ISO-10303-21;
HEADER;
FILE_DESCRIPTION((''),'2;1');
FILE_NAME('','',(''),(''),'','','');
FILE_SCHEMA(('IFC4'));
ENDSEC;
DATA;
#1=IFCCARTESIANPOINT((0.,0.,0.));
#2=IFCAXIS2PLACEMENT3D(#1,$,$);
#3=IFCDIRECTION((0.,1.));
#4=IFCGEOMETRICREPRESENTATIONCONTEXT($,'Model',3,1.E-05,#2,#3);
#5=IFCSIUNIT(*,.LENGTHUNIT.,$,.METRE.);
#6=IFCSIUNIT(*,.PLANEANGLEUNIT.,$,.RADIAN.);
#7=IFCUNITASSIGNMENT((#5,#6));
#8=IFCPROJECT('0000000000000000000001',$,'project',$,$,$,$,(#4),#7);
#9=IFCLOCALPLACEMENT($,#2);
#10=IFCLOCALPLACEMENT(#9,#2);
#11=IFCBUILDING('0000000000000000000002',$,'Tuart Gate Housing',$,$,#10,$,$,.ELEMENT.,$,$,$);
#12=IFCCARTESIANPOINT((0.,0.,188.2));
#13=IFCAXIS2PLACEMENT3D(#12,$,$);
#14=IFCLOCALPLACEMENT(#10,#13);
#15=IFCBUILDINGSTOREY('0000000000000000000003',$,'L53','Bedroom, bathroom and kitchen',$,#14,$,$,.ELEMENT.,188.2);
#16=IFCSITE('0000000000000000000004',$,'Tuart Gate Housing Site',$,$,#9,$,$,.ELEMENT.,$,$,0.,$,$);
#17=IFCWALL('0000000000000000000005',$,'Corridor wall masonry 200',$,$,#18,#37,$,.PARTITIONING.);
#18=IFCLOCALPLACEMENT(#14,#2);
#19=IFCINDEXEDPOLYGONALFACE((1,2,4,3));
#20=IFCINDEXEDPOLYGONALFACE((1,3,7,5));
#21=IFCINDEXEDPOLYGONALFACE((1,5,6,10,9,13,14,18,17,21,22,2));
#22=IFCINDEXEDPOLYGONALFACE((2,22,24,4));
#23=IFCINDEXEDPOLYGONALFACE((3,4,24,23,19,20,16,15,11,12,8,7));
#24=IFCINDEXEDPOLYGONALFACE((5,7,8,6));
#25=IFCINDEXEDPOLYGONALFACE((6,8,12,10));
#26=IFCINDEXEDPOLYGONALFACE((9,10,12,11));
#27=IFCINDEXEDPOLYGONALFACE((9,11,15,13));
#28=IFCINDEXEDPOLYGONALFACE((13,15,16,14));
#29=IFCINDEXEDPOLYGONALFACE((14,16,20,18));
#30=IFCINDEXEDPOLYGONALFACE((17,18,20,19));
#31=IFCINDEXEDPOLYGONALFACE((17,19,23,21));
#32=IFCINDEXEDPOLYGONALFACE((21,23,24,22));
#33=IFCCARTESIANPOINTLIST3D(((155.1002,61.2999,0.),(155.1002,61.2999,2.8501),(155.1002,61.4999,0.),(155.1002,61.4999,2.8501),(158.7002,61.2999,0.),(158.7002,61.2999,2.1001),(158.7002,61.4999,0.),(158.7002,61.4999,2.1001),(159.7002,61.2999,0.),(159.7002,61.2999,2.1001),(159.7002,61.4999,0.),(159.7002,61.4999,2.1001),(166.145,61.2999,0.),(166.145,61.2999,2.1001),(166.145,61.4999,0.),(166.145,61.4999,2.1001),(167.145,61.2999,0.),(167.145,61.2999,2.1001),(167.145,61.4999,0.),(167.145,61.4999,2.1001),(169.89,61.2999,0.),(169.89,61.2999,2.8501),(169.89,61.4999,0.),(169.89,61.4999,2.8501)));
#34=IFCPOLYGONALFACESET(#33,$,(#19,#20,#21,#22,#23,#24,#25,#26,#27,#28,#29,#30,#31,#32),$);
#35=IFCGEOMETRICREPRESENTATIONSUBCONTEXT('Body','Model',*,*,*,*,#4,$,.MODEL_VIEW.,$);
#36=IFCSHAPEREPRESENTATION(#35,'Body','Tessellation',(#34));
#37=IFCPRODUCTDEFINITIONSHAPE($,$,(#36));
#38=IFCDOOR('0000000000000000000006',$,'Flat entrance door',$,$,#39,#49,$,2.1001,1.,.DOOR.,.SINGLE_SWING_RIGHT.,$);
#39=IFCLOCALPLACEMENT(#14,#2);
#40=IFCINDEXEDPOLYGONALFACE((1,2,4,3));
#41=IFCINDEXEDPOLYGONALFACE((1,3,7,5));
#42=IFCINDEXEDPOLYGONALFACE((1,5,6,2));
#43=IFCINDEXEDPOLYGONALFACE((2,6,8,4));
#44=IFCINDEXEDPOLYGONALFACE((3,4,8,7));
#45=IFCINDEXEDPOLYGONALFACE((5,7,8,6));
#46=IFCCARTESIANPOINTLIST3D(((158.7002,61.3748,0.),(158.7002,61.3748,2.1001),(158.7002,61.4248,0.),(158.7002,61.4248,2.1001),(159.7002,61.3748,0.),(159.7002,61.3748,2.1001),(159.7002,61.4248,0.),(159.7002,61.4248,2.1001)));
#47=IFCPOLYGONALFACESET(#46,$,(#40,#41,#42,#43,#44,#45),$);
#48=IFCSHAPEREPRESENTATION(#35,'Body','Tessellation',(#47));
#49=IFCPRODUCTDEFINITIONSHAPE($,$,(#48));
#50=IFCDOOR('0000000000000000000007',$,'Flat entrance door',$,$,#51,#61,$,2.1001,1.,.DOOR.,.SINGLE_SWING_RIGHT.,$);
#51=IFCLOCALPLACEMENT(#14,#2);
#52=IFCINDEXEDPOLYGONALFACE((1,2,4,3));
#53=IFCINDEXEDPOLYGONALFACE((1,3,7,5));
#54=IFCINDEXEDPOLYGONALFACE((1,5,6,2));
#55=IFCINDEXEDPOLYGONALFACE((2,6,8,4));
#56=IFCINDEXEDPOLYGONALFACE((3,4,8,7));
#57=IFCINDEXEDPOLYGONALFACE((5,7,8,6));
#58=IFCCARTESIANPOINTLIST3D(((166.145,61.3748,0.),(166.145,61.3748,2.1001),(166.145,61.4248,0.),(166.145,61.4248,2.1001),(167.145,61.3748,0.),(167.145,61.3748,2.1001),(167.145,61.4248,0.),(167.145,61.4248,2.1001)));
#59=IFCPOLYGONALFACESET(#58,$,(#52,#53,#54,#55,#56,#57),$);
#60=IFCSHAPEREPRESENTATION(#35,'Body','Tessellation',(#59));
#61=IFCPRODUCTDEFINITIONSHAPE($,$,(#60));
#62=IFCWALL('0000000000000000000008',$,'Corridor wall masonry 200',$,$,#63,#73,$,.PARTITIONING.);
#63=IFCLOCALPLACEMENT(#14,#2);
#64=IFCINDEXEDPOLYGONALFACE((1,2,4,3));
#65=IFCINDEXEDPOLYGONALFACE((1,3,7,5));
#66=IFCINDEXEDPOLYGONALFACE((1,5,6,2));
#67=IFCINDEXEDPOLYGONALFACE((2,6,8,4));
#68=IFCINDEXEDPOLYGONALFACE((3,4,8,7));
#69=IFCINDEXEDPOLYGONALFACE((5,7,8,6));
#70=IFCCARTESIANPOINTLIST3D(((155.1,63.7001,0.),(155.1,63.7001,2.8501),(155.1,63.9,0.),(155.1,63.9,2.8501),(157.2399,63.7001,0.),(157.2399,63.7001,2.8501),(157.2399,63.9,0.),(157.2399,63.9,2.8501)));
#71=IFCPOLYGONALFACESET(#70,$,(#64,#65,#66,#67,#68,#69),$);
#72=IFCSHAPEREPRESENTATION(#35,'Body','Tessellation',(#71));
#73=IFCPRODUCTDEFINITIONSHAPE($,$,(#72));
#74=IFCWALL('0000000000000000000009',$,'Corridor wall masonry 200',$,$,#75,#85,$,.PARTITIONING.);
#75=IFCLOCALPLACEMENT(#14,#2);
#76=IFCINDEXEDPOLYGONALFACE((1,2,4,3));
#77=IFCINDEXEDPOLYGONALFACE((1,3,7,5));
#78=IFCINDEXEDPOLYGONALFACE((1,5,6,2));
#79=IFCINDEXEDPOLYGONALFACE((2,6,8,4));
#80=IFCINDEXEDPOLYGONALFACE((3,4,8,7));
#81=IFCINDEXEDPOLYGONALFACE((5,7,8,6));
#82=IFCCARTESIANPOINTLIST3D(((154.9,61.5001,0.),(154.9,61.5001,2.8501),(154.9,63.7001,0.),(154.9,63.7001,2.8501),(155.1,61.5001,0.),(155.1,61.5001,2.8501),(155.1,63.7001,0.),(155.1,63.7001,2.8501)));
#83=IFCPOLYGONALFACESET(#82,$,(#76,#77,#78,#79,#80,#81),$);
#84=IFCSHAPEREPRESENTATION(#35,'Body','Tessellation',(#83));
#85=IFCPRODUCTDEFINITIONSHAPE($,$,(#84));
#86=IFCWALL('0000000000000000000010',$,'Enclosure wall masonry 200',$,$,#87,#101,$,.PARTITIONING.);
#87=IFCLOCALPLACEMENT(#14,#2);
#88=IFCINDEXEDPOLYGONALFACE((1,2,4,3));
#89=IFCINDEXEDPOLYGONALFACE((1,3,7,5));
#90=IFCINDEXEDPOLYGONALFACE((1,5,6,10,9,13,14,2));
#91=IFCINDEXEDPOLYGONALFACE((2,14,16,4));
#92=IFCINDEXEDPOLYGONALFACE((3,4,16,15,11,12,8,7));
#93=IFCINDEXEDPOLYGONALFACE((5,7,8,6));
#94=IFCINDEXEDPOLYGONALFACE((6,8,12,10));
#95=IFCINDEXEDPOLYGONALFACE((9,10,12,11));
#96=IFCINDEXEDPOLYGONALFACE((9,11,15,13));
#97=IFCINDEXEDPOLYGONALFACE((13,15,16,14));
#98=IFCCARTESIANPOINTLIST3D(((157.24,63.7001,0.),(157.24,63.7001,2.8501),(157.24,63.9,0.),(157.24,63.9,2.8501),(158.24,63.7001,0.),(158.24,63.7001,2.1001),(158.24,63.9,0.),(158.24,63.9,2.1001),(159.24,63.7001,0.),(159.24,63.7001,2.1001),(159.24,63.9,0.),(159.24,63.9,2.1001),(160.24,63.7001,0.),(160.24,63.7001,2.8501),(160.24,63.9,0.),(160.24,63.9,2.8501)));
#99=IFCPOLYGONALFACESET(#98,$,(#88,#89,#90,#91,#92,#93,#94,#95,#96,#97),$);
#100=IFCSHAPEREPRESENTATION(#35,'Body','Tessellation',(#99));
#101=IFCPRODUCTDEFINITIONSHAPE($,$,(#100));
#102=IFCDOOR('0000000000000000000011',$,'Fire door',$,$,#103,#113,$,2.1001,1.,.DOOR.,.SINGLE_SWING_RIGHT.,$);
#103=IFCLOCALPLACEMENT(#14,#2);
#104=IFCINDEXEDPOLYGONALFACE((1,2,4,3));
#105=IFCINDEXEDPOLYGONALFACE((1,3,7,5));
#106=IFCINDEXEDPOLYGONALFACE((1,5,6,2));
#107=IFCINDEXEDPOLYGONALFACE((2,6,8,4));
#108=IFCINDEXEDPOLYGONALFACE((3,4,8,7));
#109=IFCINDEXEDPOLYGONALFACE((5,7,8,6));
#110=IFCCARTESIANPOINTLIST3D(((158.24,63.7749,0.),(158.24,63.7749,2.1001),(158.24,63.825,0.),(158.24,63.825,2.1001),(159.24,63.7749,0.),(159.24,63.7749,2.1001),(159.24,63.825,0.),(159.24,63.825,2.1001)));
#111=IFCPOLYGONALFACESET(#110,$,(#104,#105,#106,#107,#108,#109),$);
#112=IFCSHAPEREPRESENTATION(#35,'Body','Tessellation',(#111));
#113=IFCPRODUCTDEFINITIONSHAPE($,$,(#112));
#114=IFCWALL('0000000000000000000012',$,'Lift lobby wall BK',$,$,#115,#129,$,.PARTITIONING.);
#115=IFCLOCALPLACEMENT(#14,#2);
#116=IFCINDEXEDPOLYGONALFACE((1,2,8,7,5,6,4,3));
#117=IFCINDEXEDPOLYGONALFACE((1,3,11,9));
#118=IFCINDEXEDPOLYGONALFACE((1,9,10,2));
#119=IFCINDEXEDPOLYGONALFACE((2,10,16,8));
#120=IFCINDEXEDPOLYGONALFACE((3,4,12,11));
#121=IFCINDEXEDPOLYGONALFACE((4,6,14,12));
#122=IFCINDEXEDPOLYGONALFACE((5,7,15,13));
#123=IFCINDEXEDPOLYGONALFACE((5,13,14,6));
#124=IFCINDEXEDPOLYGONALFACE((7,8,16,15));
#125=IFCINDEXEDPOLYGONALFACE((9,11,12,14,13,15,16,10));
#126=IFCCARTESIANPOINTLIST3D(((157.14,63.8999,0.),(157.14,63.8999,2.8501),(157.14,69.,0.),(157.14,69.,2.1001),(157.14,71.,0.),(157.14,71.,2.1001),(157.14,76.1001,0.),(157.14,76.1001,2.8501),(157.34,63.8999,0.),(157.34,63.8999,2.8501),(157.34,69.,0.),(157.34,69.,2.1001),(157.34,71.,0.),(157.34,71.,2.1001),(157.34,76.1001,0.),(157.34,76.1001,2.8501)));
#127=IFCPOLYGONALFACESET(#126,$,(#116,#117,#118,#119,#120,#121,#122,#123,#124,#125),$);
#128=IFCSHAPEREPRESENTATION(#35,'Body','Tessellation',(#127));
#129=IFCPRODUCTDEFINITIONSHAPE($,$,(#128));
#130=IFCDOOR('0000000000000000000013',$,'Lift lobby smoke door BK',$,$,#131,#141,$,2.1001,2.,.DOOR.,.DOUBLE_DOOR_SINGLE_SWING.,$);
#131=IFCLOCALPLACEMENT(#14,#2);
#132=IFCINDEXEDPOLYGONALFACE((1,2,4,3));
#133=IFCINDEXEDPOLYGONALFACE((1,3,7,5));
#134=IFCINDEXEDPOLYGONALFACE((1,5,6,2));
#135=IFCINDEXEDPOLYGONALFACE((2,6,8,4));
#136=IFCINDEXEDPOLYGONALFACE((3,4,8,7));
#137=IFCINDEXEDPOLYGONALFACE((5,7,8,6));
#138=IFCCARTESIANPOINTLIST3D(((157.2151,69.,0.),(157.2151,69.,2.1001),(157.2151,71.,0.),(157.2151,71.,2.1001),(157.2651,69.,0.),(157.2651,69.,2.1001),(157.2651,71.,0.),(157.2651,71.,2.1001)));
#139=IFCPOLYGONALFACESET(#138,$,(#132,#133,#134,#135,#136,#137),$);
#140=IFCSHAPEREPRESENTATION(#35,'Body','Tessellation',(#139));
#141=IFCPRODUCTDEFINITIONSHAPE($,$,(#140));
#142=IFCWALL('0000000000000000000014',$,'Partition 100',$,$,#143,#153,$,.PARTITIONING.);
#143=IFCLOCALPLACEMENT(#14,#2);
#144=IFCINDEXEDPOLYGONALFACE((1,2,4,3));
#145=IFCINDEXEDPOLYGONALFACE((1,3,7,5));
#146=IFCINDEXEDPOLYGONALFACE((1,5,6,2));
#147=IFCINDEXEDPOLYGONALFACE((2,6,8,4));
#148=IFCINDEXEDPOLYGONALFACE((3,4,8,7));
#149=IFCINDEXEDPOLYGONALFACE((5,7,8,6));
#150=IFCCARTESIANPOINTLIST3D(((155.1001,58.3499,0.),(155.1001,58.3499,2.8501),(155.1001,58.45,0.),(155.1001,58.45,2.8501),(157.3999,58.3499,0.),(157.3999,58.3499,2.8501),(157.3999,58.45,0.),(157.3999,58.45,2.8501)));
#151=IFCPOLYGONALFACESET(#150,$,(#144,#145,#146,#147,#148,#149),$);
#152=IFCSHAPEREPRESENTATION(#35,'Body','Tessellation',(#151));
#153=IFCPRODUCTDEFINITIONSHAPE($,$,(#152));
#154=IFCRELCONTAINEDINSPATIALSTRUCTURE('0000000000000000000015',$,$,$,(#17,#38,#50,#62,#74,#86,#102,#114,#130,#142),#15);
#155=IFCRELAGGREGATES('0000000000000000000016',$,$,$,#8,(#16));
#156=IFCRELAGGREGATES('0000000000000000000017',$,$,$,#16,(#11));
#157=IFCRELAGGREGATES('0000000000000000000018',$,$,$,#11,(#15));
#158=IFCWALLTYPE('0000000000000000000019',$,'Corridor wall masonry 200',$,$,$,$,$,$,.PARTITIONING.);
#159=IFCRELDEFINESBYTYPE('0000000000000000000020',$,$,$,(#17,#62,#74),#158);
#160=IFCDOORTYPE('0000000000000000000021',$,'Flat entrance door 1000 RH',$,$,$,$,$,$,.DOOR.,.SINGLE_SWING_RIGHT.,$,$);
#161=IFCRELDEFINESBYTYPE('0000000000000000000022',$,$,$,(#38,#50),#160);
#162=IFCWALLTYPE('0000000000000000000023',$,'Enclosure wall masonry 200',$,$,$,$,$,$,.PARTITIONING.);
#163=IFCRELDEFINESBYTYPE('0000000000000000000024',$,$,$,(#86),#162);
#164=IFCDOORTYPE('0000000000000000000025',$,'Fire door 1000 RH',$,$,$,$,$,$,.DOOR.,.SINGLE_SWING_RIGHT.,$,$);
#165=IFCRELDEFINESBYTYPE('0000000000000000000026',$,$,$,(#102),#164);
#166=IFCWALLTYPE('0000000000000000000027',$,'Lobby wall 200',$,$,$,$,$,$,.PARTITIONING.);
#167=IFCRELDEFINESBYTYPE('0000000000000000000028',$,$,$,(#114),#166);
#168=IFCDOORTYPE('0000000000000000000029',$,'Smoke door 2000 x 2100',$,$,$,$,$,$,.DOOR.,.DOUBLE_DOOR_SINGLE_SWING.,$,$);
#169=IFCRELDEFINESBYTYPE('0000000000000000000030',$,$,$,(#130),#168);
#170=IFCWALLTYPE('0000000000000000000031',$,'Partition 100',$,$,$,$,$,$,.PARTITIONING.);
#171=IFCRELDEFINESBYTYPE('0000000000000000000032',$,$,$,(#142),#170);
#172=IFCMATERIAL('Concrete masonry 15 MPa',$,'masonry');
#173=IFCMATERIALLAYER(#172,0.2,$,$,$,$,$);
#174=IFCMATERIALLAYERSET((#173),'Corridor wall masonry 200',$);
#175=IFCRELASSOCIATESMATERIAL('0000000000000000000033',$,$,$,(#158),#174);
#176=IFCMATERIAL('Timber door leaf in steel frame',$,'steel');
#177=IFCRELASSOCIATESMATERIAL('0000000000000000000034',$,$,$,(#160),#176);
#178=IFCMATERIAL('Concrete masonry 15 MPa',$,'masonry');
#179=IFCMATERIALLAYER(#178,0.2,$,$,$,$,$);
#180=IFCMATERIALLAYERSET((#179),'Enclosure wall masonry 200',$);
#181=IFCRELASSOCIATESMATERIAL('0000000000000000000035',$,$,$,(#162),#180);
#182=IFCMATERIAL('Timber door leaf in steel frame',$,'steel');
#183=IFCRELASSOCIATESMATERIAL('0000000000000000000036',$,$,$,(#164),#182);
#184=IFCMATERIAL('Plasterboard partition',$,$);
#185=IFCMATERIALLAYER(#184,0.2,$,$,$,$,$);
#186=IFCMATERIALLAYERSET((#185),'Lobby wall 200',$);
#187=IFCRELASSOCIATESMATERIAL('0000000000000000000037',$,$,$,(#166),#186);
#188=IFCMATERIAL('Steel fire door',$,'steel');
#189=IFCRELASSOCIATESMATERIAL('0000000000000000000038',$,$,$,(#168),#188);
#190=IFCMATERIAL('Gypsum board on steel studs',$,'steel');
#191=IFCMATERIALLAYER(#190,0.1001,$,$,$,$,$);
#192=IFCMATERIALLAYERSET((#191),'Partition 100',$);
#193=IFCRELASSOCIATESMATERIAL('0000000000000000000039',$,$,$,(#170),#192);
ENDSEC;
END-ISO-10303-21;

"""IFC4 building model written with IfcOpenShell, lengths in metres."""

from ifc_helpers import new_model, si_unit, direction, frame, frame_2d, origin, place, context, subcontext, project, spatial, rectangle, extrude, material, layer, layer_set, type_object, element, fill, save


model = new_model("IFC4")

# Units and contexts
model_context = context("Model", 3, precision=1e-05, world=origin(), true_north=direction((0.0, 1.0)))
body_context = subcontext(model_context, "Body", "Model", "MODEL_VIEW")
ifc_project = project(units=[si_unit("LENGTHUNIT", "METRE"), si_unit("PLANEANGLEUNIT", "RADIAN")], contexts=[model_context])

# Site, building, storey
site_placement = place(None, origin())
site = spatial("IfcSite", under=ifc_project, at=site_placement, Name="Tuart Gate Housing Site", CompositionType="ELEMENT", RefElevation=0.0)
building_placement = place(site_placement, origin())
building = spatial("IfcBuilding", under=site, at=building_placement, Name="Tuart Gate Housing", CompositionType="ELEMENT")
storey_placement = place(building_placement, frame((0.0, 0.0, 188.2)))
storey = spatial("IfcBuildingStorey", under=building, at=storey_placement, Name="L53", Description="Bedroom, bathroom and kitchen", CompositionType="ELEMENT", Elevation=188.2)

# Wall, openings, doors
ifc_material_1 = material(Name="Concrete masonry 15 MPa", Category="masonry")
ifc_layer_1 = layer(ifc_material_1, 0.2)
ifc_layer_set_1 = layer_set([ifc_layer_1], Name="Corridor wall masonry 200")
wall_type_1 = type_object("IfcWallType", Name="Corridor wall masonry 200", PredefinedType="PARTITIONING", material=ifc_layer_set_1)
wall_1_placement = place(storey_placement, frame((155.1001, 61.3999, 0.0), z_axis=(0.0, 0.0, 1.0), x_axis=(1.0, 0.0, 0.0)))
wall_1 = element("IfcWall", 1, at=wall_1_placement, inside=storey, type_object=wall_type_1, Name="Corridor wall masonry 200", PredefinedType="PARTITIONING", context=body_context, shape_type="SweptSolid", body=[
    extrude(rectangle(XDim=14.7898, YDim=0.2, at=frame_2d((7.395, 0.0))), origin(), (0.0, 0.0, 1.0), 2.8501),
])
opening_1_placement = place(wall_1_placement, frame((3.6001, 0.0, 0.0)))
opening_1 = element("IfcOpeningElement", 2, at=opening_1_placement, cuts=wall_1, PredefinedType="OPENING", context=body_context, shape_type="SweptSolid", body=[
    extrude(rectangle(XDim=1.0, YDim=2.1001, at=frame_2d((0.5, 1.05))), frame((0.0, 0.1099, 0.0), z_axis=(0.0, -1.0, 0.0), x_axis=(1.0, 0.0, 0.0)), (0.0, 0.0, 1.0), 0.22),
])
opening_2_placement = place(wall_1_placement, frame((11.0449, 0.0, 0.0)))
opening_2 = element("IfcOpeningElement", 3, at=opening_2_placement, cuts=wall_1, PredefinedType="OPENING", context=body_context, shape_type="SweptSolid", body=[
    extrude(rectangle(XDim=1.0, YDim=2.1001, at=frame_2d((0.5, 1.05))), frame((0.0, 0.1099, 0.0), z_axis=(0.0, -1.0, 0.0), x_axis=(1.0, 0.0, 0.0)), (0.0, 0.0, 1.0), 0.22),
])
ifc_material_2 = material(Name="Timber door leaf in steel frame", Category="steel")
door_type_1 = type_object("IfcDoorType", Name="Flat entrance door 1000 RH", OperationType="SINGLE_SWING_RIGHT", PredefinedType="DOOR", material=ifc_material_2)
door_1_placement = place(opening_1_placement, frame((1.0, 0.0, 0.0), z_axis=(0.0, 0.0, 1.0), x_axis=(-1.0, 0.0, 0.0)))
door_1 = element("IfcDoor", 4, at=door_1_placement, inside=storey, type_object=door_type_1, Name="Flat entrance door", OperationType="SINGLE_SWING_RIGHT", OverallHeight=2.1001, OverallWidth=1.0, PredefinedType="DOOR", context=body_context, shape_type="SweptSolid", body=[
    extrude(rectangle(XDim=1.0, YDim=2.1001, at=frame_2d((0.5, 1.05))), frame((0.0, 0.0251, 0.0), z_axis=(0.0, -1.0, 0.0), x_axis=(1.0, 0.0, 0.0)), (0.0, 0.0, 1.0), 0.05),
])
fill(opening_1, door_1)
door_2_placement = place(opening_2_placement, frame((1.0, 0.0, 0.0), z_axis=(0.0, 0.0, 1.0), x_axis=(-1.0, 0.0, 0.0)))
door_2 = element("IfcDoor", 5, at=door_2_placement, inside=storey, type_object=door_type_1, Name="Flat entrance door", OperationType="SINGLE_SWING_RIGHT", OverallHeight=2.1001, OverallWidth=1.0, PredefinedType="DOOR", context=body_context, shape_type="SweptSolid", body=[
    extrude(rectangle(XDim=1.0, YDim=2.1001, at=frame_2d((0.5, 1.05))), frame((0.0, 0.0251, 0.0), z_axis=(0.0, -1.0, 0.0), x_axis=(1.0, 0.0, 0.0)), (0.0, 0.0, 1.0), 0.05),
])
fill(opening_2, door_2)

# Walls
wall_2_placement = place(storey_placement, frame((155.1001, 63.8, 0.0), z_axis=(0.0, 0.0, 1.0), x_axis=(1.0, 0.0, 0.0)))
element("IfcWall", 6, at=wall_2_placement, inside=storey, type_object=wall_type_1, Name="Corridor wall masonry 200", PredefinedType="PARTITIONING", context=body_context, shape_type="SweptSolid", body=[
    extrude(rectangle(XDim=2.1399, YDim=0.2, at=frame_2d((1.0698, 0.0))), origin(), (0.0, 0.0, 1.0), 2.8501),
])
wall_3_placement = place(storey_placement, frame((155.0, 61.5, 0.0), z_axis=(0.0, 0.0, 1.0), x_axis=(0.0, 1.0, 0.0)))
element("IfcWall", 7, at=wall_3_placement, inside=storey, type_object=wall_type_1, Name="Corridor wall masonry 200", PredefinedType="PARTITIONING", context=body_context, shape_type="SweptSolid", body=[
    extrude(rectangle(XDim=2.2, YDim=0.2, at=frame_2d((1.1001, 0.0))), origin(), (0.0, 0.0, 1.0), 2.8501),
])

# Walls, openings, doors
ifc_material_3 = material(Name="Concrete masonry 15 MPa", Category="masonry")
ifc_layer_2 = layer(ifc_material_3, 0.2)
ifc_layer_set_2 = layer_set([ifc_layer_2], Name="Enclosure wall masonry 200")
wall_type_2 = type_object("IfcWallType", Name="Enclosure wall masonry 200", PredefinedType="PARTITIONING", material=ifc_layer_set_2)
wall_4_placement = place(storey_placement, frame((157.24, 63.8, 0.0), z_axis=(0.0, 0.0, 1.0), x_axis=(1.0, 0.0, 0.0)))
wall_4 = element("IfcWall", 8, at=wall_4_placement, inside=storey, type_object=wall_type_2, Name="Enclosure wall masonry 200", PredefinedType="PARTITIONING", context=body_context, shape_type="SweptSolid", body=[
    extrude(rectangle(XDim=3.0, YDim=0.2, at=frame_2d((1.5, 0.0))), origin(), (0.0, 0.0, 1.0), 2.8501),
])
opening_3_placement = place(wall_4_placement, frame((1.0, 0.0, 0.0)))
opening_3 = element("IfcOpeningElement", 9, at=opening_3_placement, cuts=wall_4, PredefinedType="OPENING", context=body_context, shape_type="SweptSolid", body=[
    extrude(rectangle(XDim=1.0, YDim=2.1001, at=frame_2d((0.5, 1.05))), frame((0.0, 0.1099, 0.0), z_axis=(0.0, -1.0, 0.0), x_axis=(1.0, 0.0, 0.0)), (0.0, 0.0, 1.0), 0.22),
])
ifc_material_4 = material(Name="Timber door leaf in steel frame", Category="steel")
door_type_2 = type_object("IfcDoorType", Name="Fire door 1000 RH", OperationType="SINGLE_SWING_RIGHT", PredefinedType="DOOR", material=ifc_material_4)
door_3_placement = place(opening_3_placement, frame((1.0, 0.0, 0.0), z_axis=(0.0, 0.0, 1.0), x_axis=(-1.0, 0.0, 0.0)))
door_3 = element("IfcDoor", 10, at=door_3_placement, inside=storey, type_object=door_type_2, Name="Fire door", OperationType="SINGLE_SWING_RIGHT", OverallHeight=2.1001, OverallWidth=1.0, PredefinedType="DOOR", context=body_context, shape_type="SweptSolid", body=[
    extrude(rectangle(XDim=1.0, YDim=2.1001, at=frame_2d((0.5, 1.05))), frame((0.0, 0.0251, 0.0), z_axis=(0.0, -1.0, 0.0), x_axis=(1.0, 0.0, 0.0)), (0.0, 0.0, 1.0), 0.05),
])
fill(opening_3, door_3)
ifc_material_5 = material(Name="Plasterboard partition")
ifc_layer_3 = layer(ifc_material_5, 0.2)
ifc_layer_set_3 = layer_set([ifc_layer_3], Name="Lobby wall 200")
wall_type_3 = type_object("IfcWallType", Name="Lobby wall 200", PredefinedType="PARTITIONING", material=ifc_layer_set_3)
wall_5_placement = place(storey_placement, frame((157.24, 63.8999, 0.0), z_axis=(0.0, 0.0, 1.0), x_axis=(0.0, 1.0, 0.0)))
wall_5 = element("IfcWall", 11, at=wall_5_placement, inside=storey, type_object=wall_type_3, Name="Lift lobby wall BK", PredefinedType="PARTITIONING", context=body_context, shape_type="SweptSolid", body=[
    extrude(rectangle(XDim=12.2002, YDim=0.2, at=frame_2d((6.1001, 0.0))), origin(), (0.0, 0.0, 1.0), 2.8501),
])
opening_4_placement = place(wall_5_placement, frame((5.1001, 0.0, 0.0)))
opening_4 = element("IfcOpeningElement", 12, at=opening_4_placement, cuts=wall_5, PredefinedType="OPENING", context=body_context, shape_type="SweptSolid", body=[
    extrude(rectangle(XDim=2.0, YDim=2.1001, at=frame_2d((1.0, 1.05))), frame((0.0, 0.1099, 0.0), z_axis=(0.0, -1.0, 0.0), x_axis=(1.0, 0.0, 0.0)), (0.0, 0.0, 1.0), 0.22),
])
ifc_material_6 = material(Name="Steel fire door", Category="steel")
door_type_3 = type_object("IfcDoorType", Name="Smoke door 2000 x 2100", OperationType="DOUBLE_DOOR_SINGLE_SWING", PredefinedType="DOOR", material=ifc_material_6)
door_4_placement = place(opening_4_placement, frame((2.0, 0.0, 0.0), z_axis=(0.0, 0.0, 1.0), x_axis=(-1.0, 0.0, 0.0)))
door_4 = element("IfcDoor", 13, at=door_4_placement, inside=storey, type_object=door_type_3, Name="Lift lobby smoke door BK", OperationType="DOUBLE_DOOR_SINGLE_SWING", OverallHeight=2.1001, OverallWidth=2.0, PredefinedType="DOOR", context=body_context, shape_type="SweptSolid", body=[
    extrude(rectangle(XDim=2.0, YDim=2.1001, at=frame_2d((1.0, 1.05))), frame((0.0, 0.0251, 0.0), z_axis=(0.0, -1.0, 0.0), x_axis=(1.0, 0.0, 0.0)), (0.0, 0.0, 1.0), 0.05),
])
fill(opening_4, door_4)

# Wall
ifc_material_7 = material(Name="Gypsum board on steel studs", Category="steel")
ifc_layer_4 = layer(ifc_material_7, 0.1001)
ifc_layer_set_4 = layer_set([ifc_layer_4], Name="Partition 100")
wall_type_4 = type_object("IfcWallType", Name="Partition 100", PredefinedType="PARTITIONING", material=ifc_layer_set_4)
wall_6_placement = place(storey_placement, frame((155.1001, 58.3999, 0.0), z_axis=(0.0, 0.0, 1.0), x_axis=(1.0, 0.0, 0.0)))
element("IfcWall", 14, at=wall_6_placement, inside=storey, type_object=wall_type_4, Name="Partition 100", PredefinedType="PARTITIONING", context=body_context, shape_type="SweptSolid", body=[
    extrude(rectangle(XDim=2.2998, YDim=0.1001, at=frame_2d((1.1499, 0.0))), origin(), (0.0, 0.0, 1.0), 2.8501),
])

save(model, "model.ifc")
